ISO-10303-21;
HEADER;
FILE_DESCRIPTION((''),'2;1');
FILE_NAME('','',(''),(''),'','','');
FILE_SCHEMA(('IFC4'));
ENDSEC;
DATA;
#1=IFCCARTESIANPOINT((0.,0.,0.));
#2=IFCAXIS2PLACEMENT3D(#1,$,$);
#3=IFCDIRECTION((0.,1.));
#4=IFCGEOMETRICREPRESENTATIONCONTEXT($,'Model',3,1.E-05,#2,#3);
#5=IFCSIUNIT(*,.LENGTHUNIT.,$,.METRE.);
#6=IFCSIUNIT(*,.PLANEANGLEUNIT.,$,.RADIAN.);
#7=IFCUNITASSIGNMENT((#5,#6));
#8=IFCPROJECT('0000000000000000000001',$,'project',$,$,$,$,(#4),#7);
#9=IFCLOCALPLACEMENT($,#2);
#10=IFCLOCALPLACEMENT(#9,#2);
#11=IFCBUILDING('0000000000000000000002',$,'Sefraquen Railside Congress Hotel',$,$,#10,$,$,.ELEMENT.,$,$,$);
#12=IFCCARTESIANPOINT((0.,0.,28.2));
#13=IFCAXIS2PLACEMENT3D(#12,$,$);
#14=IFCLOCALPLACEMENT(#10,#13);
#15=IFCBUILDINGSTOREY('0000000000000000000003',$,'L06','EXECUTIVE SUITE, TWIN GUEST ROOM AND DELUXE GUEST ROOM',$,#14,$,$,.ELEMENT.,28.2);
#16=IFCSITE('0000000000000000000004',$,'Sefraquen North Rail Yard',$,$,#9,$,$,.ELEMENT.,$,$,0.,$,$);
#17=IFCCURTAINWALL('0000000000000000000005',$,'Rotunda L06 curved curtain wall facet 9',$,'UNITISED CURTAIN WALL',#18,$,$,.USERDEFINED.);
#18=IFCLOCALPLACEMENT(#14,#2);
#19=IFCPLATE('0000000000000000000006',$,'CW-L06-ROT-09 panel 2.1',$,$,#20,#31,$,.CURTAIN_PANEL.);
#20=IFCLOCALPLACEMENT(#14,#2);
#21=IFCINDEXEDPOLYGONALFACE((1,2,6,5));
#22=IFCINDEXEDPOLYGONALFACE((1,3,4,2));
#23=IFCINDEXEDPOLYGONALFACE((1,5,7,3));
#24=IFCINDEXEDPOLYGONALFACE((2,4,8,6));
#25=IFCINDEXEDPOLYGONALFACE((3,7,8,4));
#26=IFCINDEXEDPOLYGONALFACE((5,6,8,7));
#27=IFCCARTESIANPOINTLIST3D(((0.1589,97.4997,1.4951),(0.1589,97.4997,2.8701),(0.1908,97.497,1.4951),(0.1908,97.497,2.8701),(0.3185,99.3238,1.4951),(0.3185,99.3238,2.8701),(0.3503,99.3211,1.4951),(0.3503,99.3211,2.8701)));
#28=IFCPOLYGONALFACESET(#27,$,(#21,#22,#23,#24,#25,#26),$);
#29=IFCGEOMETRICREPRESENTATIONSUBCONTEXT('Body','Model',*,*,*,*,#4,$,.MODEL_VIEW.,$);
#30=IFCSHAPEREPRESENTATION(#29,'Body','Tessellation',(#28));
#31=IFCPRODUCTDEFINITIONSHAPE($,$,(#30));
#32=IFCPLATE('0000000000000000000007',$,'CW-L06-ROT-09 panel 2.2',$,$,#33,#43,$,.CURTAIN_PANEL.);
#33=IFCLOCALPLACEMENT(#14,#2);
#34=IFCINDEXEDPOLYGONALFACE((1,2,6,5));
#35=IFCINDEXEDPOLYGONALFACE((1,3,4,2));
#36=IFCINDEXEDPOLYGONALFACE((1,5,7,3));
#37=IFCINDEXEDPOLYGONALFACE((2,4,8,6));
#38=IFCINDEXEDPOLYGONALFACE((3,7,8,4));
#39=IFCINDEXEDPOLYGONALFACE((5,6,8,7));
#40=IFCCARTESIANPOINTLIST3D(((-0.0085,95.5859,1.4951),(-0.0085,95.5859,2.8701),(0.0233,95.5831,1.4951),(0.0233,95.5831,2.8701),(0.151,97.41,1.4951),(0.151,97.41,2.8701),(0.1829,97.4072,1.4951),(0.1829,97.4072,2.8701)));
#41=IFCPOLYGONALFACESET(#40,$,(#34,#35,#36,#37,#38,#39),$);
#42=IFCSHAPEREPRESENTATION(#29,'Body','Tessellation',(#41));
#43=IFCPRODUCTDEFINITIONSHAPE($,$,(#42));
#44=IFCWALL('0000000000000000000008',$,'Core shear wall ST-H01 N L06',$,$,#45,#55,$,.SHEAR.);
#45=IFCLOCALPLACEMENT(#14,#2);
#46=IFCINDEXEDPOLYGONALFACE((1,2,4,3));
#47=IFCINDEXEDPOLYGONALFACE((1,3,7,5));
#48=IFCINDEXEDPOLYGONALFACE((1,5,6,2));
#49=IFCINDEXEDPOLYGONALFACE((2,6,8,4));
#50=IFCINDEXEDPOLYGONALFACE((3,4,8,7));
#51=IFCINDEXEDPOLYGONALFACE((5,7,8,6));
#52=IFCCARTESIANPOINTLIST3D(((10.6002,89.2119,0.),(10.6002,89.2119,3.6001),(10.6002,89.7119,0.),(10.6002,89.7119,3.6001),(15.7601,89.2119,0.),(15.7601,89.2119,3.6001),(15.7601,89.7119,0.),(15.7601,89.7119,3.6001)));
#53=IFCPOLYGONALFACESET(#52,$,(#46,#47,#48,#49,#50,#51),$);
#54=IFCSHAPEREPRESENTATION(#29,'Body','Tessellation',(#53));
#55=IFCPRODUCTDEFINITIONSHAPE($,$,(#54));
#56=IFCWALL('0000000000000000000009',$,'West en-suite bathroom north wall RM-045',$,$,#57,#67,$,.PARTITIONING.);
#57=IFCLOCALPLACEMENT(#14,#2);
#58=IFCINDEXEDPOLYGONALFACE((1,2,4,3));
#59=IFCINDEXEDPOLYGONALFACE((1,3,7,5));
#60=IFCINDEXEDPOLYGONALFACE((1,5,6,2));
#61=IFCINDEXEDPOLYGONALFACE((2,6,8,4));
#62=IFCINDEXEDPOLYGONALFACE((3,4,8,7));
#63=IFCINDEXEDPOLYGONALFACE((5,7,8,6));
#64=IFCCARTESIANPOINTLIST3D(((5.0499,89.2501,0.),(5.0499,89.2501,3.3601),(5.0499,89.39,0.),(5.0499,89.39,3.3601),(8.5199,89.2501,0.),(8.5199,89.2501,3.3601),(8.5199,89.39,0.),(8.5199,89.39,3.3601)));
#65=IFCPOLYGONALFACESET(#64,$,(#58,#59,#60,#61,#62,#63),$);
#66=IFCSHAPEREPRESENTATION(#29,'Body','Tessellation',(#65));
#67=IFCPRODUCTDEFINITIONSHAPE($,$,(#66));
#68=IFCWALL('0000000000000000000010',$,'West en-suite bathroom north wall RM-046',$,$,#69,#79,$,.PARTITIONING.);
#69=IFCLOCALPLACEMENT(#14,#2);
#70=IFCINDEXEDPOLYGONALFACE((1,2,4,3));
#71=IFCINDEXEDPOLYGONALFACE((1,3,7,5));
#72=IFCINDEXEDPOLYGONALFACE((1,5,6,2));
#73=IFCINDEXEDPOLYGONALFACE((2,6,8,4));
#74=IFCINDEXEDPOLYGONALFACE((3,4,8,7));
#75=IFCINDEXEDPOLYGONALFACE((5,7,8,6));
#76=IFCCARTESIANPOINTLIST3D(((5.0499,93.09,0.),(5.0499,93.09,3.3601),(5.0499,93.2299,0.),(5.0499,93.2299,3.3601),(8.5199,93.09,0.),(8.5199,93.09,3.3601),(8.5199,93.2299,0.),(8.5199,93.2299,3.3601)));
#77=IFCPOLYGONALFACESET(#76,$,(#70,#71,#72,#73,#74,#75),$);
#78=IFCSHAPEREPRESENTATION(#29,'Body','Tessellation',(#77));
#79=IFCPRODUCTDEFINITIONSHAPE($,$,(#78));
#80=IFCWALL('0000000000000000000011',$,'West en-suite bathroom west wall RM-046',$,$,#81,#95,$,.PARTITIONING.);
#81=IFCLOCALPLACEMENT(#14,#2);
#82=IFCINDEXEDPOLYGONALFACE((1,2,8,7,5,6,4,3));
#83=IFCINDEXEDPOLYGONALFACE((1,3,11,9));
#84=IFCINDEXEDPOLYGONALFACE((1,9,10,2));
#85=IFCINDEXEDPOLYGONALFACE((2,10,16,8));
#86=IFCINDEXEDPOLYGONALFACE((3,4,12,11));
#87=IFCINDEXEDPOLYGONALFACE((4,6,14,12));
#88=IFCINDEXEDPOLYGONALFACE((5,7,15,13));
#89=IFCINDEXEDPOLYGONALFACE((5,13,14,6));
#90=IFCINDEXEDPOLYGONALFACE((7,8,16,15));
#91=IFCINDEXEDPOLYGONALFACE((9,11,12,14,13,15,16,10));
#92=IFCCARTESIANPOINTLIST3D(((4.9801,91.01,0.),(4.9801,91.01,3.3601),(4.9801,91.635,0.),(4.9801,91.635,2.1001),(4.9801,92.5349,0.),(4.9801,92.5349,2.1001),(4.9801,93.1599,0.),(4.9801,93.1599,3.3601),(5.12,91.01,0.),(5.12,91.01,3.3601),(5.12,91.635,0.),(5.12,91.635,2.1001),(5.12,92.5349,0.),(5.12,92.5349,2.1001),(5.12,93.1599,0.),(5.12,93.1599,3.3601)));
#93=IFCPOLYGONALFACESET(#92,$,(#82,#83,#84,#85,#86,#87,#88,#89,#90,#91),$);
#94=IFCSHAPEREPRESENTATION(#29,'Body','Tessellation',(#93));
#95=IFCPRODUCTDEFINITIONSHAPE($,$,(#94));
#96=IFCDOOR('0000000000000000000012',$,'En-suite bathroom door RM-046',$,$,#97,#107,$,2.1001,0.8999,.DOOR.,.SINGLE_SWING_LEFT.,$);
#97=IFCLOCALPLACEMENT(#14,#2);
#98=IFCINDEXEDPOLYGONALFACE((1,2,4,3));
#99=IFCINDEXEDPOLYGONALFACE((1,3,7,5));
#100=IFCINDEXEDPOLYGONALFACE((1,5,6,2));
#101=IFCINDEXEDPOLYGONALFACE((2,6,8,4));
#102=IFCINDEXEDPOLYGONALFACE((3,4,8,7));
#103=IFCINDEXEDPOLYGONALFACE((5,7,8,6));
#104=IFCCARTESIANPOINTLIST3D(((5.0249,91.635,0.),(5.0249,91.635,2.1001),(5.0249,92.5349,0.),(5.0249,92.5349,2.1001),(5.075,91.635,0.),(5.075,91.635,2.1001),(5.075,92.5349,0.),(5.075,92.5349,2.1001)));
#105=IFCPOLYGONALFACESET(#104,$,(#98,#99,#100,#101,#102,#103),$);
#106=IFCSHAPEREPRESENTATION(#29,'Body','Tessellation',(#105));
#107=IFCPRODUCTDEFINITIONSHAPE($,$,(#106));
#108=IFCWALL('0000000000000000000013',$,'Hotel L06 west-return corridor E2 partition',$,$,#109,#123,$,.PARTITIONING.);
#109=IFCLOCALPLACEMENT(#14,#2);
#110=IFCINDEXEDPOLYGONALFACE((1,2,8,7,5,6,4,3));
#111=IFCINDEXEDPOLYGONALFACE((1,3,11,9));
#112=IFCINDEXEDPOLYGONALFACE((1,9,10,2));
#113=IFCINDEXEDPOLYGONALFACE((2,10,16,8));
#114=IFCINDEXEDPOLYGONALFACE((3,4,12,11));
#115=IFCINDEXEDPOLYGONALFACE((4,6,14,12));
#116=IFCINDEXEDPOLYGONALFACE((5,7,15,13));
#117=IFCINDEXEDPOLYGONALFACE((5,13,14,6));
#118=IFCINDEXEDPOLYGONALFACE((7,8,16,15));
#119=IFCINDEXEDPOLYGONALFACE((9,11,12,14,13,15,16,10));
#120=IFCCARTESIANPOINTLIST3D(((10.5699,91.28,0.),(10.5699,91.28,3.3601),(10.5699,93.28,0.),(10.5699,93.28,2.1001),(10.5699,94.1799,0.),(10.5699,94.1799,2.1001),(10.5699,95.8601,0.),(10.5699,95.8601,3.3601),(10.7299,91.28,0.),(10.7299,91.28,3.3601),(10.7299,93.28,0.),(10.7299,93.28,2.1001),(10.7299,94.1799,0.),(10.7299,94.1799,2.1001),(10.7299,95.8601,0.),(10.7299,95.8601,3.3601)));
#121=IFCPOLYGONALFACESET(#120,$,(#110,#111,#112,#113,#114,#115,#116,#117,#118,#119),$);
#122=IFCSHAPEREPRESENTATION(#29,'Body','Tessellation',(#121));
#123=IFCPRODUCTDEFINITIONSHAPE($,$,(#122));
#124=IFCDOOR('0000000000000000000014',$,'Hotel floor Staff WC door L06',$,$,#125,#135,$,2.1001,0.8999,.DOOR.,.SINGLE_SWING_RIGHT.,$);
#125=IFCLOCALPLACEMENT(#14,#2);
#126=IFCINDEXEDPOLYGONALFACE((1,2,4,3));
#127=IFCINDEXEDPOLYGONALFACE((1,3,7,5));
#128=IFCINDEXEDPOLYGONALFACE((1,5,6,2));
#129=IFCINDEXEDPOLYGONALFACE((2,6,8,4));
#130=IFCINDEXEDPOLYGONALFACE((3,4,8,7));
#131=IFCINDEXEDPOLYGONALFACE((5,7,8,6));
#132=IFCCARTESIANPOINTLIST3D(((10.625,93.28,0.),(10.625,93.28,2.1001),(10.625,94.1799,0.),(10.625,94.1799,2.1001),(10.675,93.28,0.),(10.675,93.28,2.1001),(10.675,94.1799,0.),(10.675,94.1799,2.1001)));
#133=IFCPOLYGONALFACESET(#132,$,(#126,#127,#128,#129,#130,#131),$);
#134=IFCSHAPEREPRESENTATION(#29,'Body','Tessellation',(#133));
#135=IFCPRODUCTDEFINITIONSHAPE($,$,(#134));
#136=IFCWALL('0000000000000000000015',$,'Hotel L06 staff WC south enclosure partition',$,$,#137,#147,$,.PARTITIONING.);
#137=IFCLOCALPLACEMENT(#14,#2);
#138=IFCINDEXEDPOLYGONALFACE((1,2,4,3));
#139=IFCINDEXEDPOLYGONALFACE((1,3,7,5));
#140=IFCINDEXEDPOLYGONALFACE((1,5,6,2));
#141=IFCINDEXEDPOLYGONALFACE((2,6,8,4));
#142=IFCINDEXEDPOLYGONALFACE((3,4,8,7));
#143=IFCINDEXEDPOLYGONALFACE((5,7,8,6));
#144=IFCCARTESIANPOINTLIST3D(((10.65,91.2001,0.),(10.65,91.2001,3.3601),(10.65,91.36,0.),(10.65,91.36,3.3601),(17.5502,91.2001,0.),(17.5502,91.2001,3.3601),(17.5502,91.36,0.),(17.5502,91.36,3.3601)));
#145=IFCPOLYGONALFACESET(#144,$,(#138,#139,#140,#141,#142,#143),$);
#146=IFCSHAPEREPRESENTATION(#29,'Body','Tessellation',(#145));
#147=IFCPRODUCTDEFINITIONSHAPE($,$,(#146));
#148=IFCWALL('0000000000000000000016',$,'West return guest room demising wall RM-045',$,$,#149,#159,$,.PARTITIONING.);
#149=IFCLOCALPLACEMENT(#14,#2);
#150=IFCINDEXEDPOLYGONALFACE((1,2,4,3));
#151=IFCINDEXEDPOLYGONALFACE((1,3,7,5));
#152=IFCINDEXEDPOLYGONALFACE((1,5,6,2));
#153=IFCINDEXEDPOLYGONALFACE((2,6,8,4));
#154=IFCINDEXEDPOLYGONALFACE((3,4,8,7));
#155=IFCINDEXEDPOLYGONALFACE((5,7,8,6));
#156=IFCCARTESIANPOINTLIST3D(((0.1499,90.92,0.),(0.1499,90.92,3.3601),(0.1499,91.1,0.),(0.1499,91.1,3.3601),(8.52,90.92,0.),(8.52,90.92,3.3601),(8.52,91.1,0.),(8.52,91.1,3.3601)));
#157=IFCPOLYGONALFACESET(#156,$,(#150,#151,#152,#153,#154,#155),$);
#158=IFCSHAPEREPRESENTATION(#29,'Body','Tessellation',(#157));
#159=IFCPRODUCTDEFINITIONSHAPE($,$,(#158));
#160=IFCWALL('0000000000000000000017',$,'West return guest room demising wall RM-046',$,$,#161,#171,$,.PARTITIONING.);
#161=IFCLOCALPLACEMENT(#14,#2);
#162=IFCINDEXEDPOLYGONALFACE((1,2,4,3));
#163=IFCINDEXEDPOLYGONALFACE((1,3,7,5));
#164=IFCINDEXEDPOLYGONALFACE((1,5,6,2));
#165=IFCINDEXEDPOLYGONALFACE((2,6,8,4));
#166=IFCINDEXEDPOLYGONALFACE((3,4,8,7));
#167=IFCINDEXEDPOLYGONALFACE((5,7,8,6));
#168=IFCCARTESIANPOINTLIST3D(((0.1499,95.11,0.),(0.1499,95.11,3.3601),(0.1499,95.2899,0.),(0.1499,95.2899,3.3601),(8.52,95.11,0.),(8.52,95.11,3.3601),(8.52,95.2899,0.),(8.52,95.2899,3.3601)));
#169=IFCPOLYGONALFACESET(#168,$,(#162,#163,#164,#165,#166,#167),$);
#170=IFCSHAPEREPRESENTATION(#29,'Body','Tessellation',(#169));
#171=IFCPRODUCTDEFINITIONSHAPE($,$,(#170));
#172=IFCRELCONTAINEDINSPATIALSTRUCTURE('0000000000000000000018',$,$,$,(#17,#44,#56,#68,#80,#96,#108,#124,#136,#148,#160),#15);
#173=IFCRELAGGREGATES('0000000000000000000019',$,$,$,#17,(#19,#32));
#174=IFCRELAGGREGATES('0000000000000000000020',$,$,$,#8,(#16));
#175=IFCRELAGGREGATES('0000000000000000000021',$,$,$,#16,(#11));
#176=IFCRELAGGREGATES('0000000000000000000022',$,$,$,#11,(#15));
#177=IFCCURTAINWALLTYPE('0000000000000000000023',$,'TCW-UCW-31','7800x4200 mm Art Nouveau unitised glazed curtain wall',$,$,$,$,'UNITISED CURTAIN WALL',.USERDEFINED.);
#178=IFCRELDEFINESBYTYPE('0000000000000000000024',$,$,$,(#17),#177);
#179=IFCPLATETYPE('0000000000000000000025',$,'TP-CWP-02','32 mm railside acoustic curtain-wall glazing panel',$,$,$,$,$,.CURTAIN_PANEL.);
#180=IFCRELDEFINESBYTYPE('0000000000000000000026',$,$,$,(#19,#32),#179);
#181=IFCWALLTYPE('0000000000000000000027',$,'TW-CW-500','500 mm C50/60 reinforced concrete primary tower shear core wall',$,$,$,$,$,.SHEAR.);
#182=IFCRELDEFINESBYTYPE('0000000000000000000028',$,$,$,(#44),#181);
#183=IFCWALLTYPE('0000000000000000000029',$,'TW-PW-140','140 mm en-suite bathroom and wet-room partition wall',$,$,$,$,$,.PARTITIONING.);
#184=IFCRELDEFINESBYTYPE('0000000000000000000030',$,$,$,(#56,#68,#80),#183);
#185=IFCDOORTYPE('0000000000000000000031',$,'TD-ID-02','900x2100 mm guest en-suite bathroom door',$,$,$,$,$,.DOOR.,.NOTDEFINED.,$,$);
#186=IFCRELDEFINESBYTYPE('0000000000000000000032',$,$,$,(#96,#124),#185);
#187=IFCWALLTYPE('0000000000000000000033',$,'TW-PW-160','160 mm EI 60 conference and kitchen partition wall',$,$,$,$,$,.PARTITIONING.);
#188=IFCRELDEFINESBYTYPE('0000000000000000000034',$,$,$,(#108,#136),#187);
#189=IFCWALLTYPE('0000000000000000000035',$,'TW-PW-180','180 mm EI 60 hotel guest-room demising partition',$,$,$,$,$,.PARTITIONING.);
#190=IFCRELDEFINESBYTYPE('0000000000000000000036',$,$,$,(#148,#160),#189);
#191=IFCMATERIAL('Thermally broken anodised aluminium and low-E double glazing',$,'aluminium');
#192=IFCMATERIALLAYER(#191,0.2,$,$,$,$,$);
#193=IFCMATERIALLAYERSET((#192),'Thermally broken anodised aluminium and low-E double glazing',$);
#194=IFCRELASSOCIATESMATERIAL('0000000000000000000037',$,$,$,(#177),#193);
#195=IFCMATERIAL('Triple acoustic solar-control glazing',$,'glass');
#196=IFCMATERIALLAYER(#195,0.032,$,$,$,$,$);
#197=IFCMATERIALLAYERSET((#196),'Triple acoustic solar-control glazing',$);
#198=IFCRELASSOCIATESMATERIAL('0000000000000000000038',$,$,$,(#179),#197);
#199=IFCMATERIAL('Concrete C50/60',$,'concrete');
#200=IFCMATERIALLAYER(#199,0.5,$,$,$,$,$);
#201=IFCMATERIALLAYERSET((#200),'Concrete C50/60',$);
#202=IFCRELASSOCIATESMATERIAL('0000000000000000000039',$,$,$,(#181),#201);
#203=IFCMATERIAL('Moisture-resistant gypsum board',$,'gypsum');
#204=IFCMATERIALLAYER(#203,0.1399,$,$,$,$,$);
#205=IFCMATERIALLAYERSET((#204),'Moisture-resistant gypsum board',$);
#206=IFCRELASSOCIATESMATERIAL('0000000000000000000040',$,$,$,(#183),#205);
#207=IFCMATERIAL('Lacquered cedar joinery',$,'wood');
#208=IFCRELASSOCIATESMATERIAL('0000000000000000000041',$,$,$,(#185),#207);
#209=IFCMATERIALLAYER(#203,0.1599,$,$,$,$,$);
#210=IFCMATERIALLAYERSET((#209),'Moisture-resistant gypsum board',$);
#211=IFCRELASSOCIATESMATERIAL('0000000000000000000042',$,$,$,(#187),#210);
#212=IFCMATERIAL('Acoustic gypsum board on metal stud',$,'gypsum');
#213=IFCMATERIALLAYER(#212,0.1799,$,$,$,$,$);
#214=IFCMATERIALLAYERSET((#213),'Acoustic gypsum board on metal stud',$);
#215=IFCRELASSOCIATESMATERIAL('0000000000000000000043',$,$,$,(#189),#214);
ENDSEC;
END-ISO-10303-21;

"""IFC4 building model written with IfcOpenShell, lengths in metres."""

from ifc_helpers import new_model, si_unit, direction, frame, frame_2d, origin, origin_2d, place, context, subcontext, project, spatial, rectangle, extrude, material, layer, layer_set, type_object, element, fill, aggregate, save


model = new_model("IFC4")

# Units and contexts
model_context = context("Model", 3, precision=1e-05, world=origin(), true_north=direction((0.0, 1.0)))
body_context = subcontext(model_context, "Body", "Model", "MODEL_VIEW")
ifc_project = project(units=[si_unit("LENGTHUNIT", "METRE"), si_unit("PLANEANGLEUNIT", "RADIAN")], contexts=[model_context])

# Site, building, storey
site_placement = place(None, origin())
site = spatial("IfcSite", under=ifc_project, at=site_placement, Name="Sefraquen North Rail Yard", CompositionType="ELEMENT", RefElevation=0.0)
building_placement = place(site_placement, origin())
building = spatial("IfcBuilding", under=site, at=building_placement, Name="Sefraquen Railside Congress Hotel", CompositionType="ELEMENT")
storey_placement = place(building_placement, frame((0.0, 0.0, 28.2)))
storey = spatial("IfcBuildingStorey", under=building, at=storey_placement, Name="L06", Description="EXECUTIVE SUITE, TWIN GUEST ROOM AND DELUXE GUEST ROOM", CompositionType="ELEMENT", Elevation=28.2)

# Curtain wall, plates
ifc_material_1 = material(Name="Thermally broken anodised aluminium and low-E double glazing", Category="aluminium")
ifc_layer_1 = layer(ifc_material_1, 0.2)
ifc_layer_set_1 = layer_set([ifc_layer_1], Name="Thermally broken anodised aluminium and low-E double glazing")
curtain_wall_type = type_object("IfcCurtainWallType", Name="TCW-UCW-31", Description="7800x4200 mm Art Nouveau unitised glazed curtain wall", ElementType="UNITISED CURTAIN WALL", PredefinedType="USERDEFINED", material=ifc_layer_set_1)
curtain_wall_placement = place(storey_placement, origin())
curtain_wall = element("IfcCurtainWall", 1, at=curtain_wall_placement, inside=storey, type_object=curtain_wall_type, Name="Rotunda L06 curved curtain wall facet 9", ObjectType="UNITISED CURTAIN WALL", PredefinedType="USERDEFINED")
ifc_material_2 = material(Name="Triple acoustic solar-control glazing", Category="glass")
ifc_layer_2 = layer(ifc_material_2, 0.032)
ifc_layer_set_2 = layer_set([ifc_layer_2], Name="Triple acoustic solar-control glazing")
plate_type_1 = type_object("IfcPlateType", Name="TP-CWP-02", Description="32 mm railside acoustic curtain-wall glazing panel", PredefinedType="CURTAIN_PANEL", material=ifc_layer_set_2)
plate_1_placement = place(storey_placement, frame((0.2546, 98.4104, 1.4951), z_axis=(0.0, 0.0, 1.0), x_axis=(-0.087138, -0.996196, 0.0)))
plate_1 = element("IfcPlate", 2, at=plate_1_placement, type_object=plate_type_1, Name="CW-L06-ROT-09 panel 2.1", PredefinedType="CURTAIN_PANEL", context=body_context, shape_type="SweptSolid", body=[
    extrude(rectangle(XDim=1.8311, YDim=0.032, at=origin_2d()), origin(), (0.0, 0.0, 1.0), 1.375),
])
plate_2_placement = place(storey_placement, frame((0.0872, 96.4966, 1.4951), z_axis=(0.0, 0.0, 1.0), x_axis=(-0.087138, -0.996196, 0.0)))
plate_2 = element("IfcPlate", 3, at=plate_2_placement, type_object=plate_type_1, Name="CW-L06-ROT-09 panel 2.2", PredefinedType="CURTAIN_PANEL", context=body_context, shape_type="SweptSolid", body=[
    extrude(rectangle(XDim=1.8311, YDim=0.032, at=origin_2d()), origin(), (0.0, 0.0, 1.0), 1.375),
])
aggregate(curtain_wall, [plate_1, plate_2])

# Walls
ifc_material_3 = material(Name="Concrete C50/60", Category="concrete")
ifc_layer_3 = layer(ifc_material_3, 0.5)
ifc_layer_set_3 = layer_set([ifc_layer_3], Name="Concrete C50/60")
wall_type_1 = type_object("IfcWallType", Name="TW-CW-500", Description="500 mm C50/60 reinforced concrete primary tower shear core wall", PredefinedType="SHEAR", material=ifc_layer_set_3)
wall_1_placement = place(storey_placement, frame((10.6001, 89.4619, 0.0), z_axis=(0.0, 0.0, 1.0), x_axis=(1.0, 0.0, 0.0)))
element("IfcWall", 4, at=wall_1_placement, inside=storey, type_object=wall_type_1, Name="Core shear wall ST-H01 N L06", PredefinedType="SHEAR", context=body_context, shape_type="SweptSolid", body=[
    extrude(rectangle(XDim=5.1599, YDim=0.5, at=frame_2d((2.5801, 0.0))), origin(), (0.0, 0.0, 1.0), 3.6001),
])
ifc_material_4 = material(Name="Moisture-resistant gypsum board", Category="gypsum")
ifc_layer_4 = layer(ifc_material_4, 0.1399)
ifc_layer_set_4 = layer_set([ifc_layer_4], Name="Moisture-resistant gypsum board")
wall_type_2 = type_object("IfcWallType", Name="TW-PW-140", Description="140 mm en-suite bathroom and wet-room partition wall", PredefinedType="PARTITIONING", material=ifc_layer_set_4)
for number, where, z_axis, x_axis, name in (
    (5, (5.05, 89.3201, 0.0), (0.0, 0.0, 1.0), (1.0, 0.0, 0.0), "West en-suite bathroom north wall RM-045"),
    (6, (5.05, 93.1599, 0.0), (0.0, 0.0, 1.0), (1.0, 0.0, 0.0), "West en-suite bathroom north wall RM-046"),
):
    element("IfcWall", number, at=place(storey_placement, frame(where, z_axis=z_axis, x_axis=x_axis)), inside=storey, type_object=wall_type_2, Name=name, PredefinedType="PARTITIONING", context=body_context, shape_type="SweptSolid", body=[
        extrude(rectangle(XDim=3.47, YDim=0.1399, at=frame_2d((1.7349, 0.0))), origin(), (0.0, 0.0, 1.0), 3.3601),
    ])

# Walls, openings, doors
wall_2_placement = place(storey_placement, frame((5.05, 91.01, 0.0), z_axis=(0.0, 0.0, 1.0), x_axis=(0.0, 1.0, 0.0)))
wall_2 = element("IfcWall", 7, at=wall_2_placement, inside=storey, type_object=wall_type_2, Name="West en-suite bathroom west wall RM-046", PredefinedType="PARTITIONING", context=body_context, shape_type="SweptSolid", body=[
    extrude(rectangle(XDim=2.1499, YDim=0.1399, at=frame_2d((1.075, 0.0))), origin(), (0.0, 0.0, 1.0), 3.3601),
])
opening_1_placement = place(wall_2_placement, frame((0.625, 0.0, 0.0)))
opening_1 = element("IfcOpeningElement", 8, at=opening_1_placement, cuts=wall_2, PredefinedType="OPENING", context=body_context, shape_type="SweptSolid", body=[
    extrude(rectangle(XDim=0.8999, YDim=2.1001, at=frame_2d((0.45, 1.05))), frame((0.0, 0.0798, 0.0), z_axis=(0.0, -1.0, 0.0), x_axis=(1.0, 0.0, 0.0)), (0.0, 0.0, 1.0), 0.1599),
])
ifc_material_5 = material(Name="Lacquered cedar joinery", Category="wood")
door_type = type_object("IfcDoorType", Name="TD-ID-02", Description="900x2100 mm guest en-suite bathroom door", OperationType="NOTDEFINED", PredefinedType="DOOR", material=ifc_material_5)
door_1_placement = place(opening_1_placement, frame((0.8999, 0.0, 0.0), z_axis=(0.0, 0.0, 1.0), x_axis=(-1.0, 0.0, 0.0)))
door_1 = element("IfcDoor", 9, at=door_1_placement, inside=storey, type_object=door_type, Name="En-suite bathroom door RM-046", OperationType="SINGLE_SWING_LEFT", OverallHeight=2.1001, OverallWidth=0.8999, PredefinedType="DOOR", context=body_context, shape_type="SweptSolid", body=[
    extrude(rectangle(XDim=0.8999, YDim=2.1001, at=frame_2d((0.45, 1.05))), frame((0.0, 0.0249, 0.0), z_axis=(0.0, -1.0, 0.0), x_axis=(1.0, 0.0, 0.0)), (0.0, 0.0, 1.0), 0.05),
])
fill(opening_1, door_1)
ifc_layer_5 = layer(ifc_material_4, 0.1599)
ifc_layer_set_5 = layer_set([ifc_layer_5], Name="Moisture-resistant gypsum board")
wall_type_3 = type_object("IfcWallType", Name="TW-PW-160", Description="160 mm EI 60 conference and kitchen partition wall", PredefinedType="PARTITIONING", material=ifc_layer_set_5)
wall_3_placement = place(storey_placement, frame((10.6499, 91.28, 0.0), z_axis=(0.0, 0.0, 1.0), x_axis=(0.0, 1.0, 0.0)))
wall_3 = element("IfcWall", 10, at=wall_3_placement, inside=storey, type_object=wall_type_3, Name="Hotel L06 west-return corridor E2 partition", PredefinedType="PARTITIONING", context=body_context, shape_type="SweptSolid", body=[
    extrude(rectangle(XDim=4.5801, YDim=0.1599, at=frame_2d((2.29, 0.0))), origin(), (0.0, 0.0, 1.0), 3.3601),
])
opening_2_placement = place(wall_3_placement, frame((2.0, 0.0, 0.0)))
opening_2 = element("IfcOpeningElement", 11, at=opening_2_placement, cuts=wall_3, PredefinedType="OPENING", context=body_context, shape_type="SweptSolid", body=[
    extrude(rectangle(XDim=0.8999, YDim=2.1001, at=frame_2d((0.45, 1.05))), frame((0.0, 0.0898, 0.0), z_axis=(0.0, -1.0, 0.0), x_axis=(1.0, 0.0, 0.0)), (0.0, 0.0, 1.0), 0.1799),
])
door_2_placement = place(opening_2_placement, origin())
door_2 = element("IfcDoor", 12, at=door_2_placement, inside=storey, type_object=door_type, Name="Hotel floor Staff WC door L06", OperationType="SINGLE_SWING_RIGHT", OverallHeight=2.1001, OverallWidth=0.8999, PredefinedType="DOOR", context=body_context, shape_type="SweptSolid", body=[
    extrude(rectangle(XDim=0.8999, YDim=2.1001, at=frame_2d((0.45, 1.05))), frame((0.0, 0.0249, 0.0), z_axis=(0.0, -1.0, 0.0), x_axis=(1.0, 0.0, 0.0)), (0.0, 0.0, 1.0), 0.05),
])
fill(opening_2, door_2)

# Walls
wall_4_placement = place(storey_placement, frame((10.6499, 91.28, 0.0), z_axis=(0.0, 0.0, 1.0), x_axis=(1.0, 0.0, 0.0)))
element("IfcWall", 13, at=wall_4_placement, inside=storey, type_object=wall_type_3, Name="Hotel L06 staff WC south enclosure partition", PredefinedType="PARTITIONING", context=body_context, shape_type="SweptSolid", body=[
    extrude(rectangle(XDim=6.9001, YDim=0.1599, at=frame_2d((3.4502, 0.0))), origin(), (0.0, 0.0, 1.0), 3.3601),
])
ifc_material_6 = material(Name="Acoustic gypsum board on metal stud", Category="gypsum")
ifc_layer_6 = layer(ifc_material_6, 0.1799)
ifc_layer_set_6 = layer_set([ifc_layer_6], Name="Acoustic gypsum board on metal stud")
wall_type_4 = type_object("IfcWallType", Name="TW-PW-180", Description="180 mm EI 60 hotel guest-room demising partition", PredefinedType="PARTITIONING", material=ifc_layer_set_6)
for number, where, z_axis, x_axis, name in (
    (14, (0.1499, 91.01, 0.0), (0.0, 0.0, 1.0), (1.0, 0.0, 0.0), "West return guest room demising wall RM-045"),
    (15, (0.1499, 95.2, 0.0), (0.0, 0.0, 1.0), (1.0, 0.0, 0.0), "West return guest room demising wall RM-046"),
):
    element("IfcWall", number, at=place(storey_placement, frame(where, z_axis=z_axis, x_axis=x_axis)), inside=storey, type_object=wall_type_4, Name=name, PredefinedType="PARTITIONING", context=body_context, shape_type="SweptSolid", body=[
        extrude(rectangle(XDim=8.3701, YDim=0.1799, at=frame_2d((4.1851, 0.0))), origin(), (0.0, 0.0, 1.0), 3.3601),
    ])

save(model, "model.ifc")
